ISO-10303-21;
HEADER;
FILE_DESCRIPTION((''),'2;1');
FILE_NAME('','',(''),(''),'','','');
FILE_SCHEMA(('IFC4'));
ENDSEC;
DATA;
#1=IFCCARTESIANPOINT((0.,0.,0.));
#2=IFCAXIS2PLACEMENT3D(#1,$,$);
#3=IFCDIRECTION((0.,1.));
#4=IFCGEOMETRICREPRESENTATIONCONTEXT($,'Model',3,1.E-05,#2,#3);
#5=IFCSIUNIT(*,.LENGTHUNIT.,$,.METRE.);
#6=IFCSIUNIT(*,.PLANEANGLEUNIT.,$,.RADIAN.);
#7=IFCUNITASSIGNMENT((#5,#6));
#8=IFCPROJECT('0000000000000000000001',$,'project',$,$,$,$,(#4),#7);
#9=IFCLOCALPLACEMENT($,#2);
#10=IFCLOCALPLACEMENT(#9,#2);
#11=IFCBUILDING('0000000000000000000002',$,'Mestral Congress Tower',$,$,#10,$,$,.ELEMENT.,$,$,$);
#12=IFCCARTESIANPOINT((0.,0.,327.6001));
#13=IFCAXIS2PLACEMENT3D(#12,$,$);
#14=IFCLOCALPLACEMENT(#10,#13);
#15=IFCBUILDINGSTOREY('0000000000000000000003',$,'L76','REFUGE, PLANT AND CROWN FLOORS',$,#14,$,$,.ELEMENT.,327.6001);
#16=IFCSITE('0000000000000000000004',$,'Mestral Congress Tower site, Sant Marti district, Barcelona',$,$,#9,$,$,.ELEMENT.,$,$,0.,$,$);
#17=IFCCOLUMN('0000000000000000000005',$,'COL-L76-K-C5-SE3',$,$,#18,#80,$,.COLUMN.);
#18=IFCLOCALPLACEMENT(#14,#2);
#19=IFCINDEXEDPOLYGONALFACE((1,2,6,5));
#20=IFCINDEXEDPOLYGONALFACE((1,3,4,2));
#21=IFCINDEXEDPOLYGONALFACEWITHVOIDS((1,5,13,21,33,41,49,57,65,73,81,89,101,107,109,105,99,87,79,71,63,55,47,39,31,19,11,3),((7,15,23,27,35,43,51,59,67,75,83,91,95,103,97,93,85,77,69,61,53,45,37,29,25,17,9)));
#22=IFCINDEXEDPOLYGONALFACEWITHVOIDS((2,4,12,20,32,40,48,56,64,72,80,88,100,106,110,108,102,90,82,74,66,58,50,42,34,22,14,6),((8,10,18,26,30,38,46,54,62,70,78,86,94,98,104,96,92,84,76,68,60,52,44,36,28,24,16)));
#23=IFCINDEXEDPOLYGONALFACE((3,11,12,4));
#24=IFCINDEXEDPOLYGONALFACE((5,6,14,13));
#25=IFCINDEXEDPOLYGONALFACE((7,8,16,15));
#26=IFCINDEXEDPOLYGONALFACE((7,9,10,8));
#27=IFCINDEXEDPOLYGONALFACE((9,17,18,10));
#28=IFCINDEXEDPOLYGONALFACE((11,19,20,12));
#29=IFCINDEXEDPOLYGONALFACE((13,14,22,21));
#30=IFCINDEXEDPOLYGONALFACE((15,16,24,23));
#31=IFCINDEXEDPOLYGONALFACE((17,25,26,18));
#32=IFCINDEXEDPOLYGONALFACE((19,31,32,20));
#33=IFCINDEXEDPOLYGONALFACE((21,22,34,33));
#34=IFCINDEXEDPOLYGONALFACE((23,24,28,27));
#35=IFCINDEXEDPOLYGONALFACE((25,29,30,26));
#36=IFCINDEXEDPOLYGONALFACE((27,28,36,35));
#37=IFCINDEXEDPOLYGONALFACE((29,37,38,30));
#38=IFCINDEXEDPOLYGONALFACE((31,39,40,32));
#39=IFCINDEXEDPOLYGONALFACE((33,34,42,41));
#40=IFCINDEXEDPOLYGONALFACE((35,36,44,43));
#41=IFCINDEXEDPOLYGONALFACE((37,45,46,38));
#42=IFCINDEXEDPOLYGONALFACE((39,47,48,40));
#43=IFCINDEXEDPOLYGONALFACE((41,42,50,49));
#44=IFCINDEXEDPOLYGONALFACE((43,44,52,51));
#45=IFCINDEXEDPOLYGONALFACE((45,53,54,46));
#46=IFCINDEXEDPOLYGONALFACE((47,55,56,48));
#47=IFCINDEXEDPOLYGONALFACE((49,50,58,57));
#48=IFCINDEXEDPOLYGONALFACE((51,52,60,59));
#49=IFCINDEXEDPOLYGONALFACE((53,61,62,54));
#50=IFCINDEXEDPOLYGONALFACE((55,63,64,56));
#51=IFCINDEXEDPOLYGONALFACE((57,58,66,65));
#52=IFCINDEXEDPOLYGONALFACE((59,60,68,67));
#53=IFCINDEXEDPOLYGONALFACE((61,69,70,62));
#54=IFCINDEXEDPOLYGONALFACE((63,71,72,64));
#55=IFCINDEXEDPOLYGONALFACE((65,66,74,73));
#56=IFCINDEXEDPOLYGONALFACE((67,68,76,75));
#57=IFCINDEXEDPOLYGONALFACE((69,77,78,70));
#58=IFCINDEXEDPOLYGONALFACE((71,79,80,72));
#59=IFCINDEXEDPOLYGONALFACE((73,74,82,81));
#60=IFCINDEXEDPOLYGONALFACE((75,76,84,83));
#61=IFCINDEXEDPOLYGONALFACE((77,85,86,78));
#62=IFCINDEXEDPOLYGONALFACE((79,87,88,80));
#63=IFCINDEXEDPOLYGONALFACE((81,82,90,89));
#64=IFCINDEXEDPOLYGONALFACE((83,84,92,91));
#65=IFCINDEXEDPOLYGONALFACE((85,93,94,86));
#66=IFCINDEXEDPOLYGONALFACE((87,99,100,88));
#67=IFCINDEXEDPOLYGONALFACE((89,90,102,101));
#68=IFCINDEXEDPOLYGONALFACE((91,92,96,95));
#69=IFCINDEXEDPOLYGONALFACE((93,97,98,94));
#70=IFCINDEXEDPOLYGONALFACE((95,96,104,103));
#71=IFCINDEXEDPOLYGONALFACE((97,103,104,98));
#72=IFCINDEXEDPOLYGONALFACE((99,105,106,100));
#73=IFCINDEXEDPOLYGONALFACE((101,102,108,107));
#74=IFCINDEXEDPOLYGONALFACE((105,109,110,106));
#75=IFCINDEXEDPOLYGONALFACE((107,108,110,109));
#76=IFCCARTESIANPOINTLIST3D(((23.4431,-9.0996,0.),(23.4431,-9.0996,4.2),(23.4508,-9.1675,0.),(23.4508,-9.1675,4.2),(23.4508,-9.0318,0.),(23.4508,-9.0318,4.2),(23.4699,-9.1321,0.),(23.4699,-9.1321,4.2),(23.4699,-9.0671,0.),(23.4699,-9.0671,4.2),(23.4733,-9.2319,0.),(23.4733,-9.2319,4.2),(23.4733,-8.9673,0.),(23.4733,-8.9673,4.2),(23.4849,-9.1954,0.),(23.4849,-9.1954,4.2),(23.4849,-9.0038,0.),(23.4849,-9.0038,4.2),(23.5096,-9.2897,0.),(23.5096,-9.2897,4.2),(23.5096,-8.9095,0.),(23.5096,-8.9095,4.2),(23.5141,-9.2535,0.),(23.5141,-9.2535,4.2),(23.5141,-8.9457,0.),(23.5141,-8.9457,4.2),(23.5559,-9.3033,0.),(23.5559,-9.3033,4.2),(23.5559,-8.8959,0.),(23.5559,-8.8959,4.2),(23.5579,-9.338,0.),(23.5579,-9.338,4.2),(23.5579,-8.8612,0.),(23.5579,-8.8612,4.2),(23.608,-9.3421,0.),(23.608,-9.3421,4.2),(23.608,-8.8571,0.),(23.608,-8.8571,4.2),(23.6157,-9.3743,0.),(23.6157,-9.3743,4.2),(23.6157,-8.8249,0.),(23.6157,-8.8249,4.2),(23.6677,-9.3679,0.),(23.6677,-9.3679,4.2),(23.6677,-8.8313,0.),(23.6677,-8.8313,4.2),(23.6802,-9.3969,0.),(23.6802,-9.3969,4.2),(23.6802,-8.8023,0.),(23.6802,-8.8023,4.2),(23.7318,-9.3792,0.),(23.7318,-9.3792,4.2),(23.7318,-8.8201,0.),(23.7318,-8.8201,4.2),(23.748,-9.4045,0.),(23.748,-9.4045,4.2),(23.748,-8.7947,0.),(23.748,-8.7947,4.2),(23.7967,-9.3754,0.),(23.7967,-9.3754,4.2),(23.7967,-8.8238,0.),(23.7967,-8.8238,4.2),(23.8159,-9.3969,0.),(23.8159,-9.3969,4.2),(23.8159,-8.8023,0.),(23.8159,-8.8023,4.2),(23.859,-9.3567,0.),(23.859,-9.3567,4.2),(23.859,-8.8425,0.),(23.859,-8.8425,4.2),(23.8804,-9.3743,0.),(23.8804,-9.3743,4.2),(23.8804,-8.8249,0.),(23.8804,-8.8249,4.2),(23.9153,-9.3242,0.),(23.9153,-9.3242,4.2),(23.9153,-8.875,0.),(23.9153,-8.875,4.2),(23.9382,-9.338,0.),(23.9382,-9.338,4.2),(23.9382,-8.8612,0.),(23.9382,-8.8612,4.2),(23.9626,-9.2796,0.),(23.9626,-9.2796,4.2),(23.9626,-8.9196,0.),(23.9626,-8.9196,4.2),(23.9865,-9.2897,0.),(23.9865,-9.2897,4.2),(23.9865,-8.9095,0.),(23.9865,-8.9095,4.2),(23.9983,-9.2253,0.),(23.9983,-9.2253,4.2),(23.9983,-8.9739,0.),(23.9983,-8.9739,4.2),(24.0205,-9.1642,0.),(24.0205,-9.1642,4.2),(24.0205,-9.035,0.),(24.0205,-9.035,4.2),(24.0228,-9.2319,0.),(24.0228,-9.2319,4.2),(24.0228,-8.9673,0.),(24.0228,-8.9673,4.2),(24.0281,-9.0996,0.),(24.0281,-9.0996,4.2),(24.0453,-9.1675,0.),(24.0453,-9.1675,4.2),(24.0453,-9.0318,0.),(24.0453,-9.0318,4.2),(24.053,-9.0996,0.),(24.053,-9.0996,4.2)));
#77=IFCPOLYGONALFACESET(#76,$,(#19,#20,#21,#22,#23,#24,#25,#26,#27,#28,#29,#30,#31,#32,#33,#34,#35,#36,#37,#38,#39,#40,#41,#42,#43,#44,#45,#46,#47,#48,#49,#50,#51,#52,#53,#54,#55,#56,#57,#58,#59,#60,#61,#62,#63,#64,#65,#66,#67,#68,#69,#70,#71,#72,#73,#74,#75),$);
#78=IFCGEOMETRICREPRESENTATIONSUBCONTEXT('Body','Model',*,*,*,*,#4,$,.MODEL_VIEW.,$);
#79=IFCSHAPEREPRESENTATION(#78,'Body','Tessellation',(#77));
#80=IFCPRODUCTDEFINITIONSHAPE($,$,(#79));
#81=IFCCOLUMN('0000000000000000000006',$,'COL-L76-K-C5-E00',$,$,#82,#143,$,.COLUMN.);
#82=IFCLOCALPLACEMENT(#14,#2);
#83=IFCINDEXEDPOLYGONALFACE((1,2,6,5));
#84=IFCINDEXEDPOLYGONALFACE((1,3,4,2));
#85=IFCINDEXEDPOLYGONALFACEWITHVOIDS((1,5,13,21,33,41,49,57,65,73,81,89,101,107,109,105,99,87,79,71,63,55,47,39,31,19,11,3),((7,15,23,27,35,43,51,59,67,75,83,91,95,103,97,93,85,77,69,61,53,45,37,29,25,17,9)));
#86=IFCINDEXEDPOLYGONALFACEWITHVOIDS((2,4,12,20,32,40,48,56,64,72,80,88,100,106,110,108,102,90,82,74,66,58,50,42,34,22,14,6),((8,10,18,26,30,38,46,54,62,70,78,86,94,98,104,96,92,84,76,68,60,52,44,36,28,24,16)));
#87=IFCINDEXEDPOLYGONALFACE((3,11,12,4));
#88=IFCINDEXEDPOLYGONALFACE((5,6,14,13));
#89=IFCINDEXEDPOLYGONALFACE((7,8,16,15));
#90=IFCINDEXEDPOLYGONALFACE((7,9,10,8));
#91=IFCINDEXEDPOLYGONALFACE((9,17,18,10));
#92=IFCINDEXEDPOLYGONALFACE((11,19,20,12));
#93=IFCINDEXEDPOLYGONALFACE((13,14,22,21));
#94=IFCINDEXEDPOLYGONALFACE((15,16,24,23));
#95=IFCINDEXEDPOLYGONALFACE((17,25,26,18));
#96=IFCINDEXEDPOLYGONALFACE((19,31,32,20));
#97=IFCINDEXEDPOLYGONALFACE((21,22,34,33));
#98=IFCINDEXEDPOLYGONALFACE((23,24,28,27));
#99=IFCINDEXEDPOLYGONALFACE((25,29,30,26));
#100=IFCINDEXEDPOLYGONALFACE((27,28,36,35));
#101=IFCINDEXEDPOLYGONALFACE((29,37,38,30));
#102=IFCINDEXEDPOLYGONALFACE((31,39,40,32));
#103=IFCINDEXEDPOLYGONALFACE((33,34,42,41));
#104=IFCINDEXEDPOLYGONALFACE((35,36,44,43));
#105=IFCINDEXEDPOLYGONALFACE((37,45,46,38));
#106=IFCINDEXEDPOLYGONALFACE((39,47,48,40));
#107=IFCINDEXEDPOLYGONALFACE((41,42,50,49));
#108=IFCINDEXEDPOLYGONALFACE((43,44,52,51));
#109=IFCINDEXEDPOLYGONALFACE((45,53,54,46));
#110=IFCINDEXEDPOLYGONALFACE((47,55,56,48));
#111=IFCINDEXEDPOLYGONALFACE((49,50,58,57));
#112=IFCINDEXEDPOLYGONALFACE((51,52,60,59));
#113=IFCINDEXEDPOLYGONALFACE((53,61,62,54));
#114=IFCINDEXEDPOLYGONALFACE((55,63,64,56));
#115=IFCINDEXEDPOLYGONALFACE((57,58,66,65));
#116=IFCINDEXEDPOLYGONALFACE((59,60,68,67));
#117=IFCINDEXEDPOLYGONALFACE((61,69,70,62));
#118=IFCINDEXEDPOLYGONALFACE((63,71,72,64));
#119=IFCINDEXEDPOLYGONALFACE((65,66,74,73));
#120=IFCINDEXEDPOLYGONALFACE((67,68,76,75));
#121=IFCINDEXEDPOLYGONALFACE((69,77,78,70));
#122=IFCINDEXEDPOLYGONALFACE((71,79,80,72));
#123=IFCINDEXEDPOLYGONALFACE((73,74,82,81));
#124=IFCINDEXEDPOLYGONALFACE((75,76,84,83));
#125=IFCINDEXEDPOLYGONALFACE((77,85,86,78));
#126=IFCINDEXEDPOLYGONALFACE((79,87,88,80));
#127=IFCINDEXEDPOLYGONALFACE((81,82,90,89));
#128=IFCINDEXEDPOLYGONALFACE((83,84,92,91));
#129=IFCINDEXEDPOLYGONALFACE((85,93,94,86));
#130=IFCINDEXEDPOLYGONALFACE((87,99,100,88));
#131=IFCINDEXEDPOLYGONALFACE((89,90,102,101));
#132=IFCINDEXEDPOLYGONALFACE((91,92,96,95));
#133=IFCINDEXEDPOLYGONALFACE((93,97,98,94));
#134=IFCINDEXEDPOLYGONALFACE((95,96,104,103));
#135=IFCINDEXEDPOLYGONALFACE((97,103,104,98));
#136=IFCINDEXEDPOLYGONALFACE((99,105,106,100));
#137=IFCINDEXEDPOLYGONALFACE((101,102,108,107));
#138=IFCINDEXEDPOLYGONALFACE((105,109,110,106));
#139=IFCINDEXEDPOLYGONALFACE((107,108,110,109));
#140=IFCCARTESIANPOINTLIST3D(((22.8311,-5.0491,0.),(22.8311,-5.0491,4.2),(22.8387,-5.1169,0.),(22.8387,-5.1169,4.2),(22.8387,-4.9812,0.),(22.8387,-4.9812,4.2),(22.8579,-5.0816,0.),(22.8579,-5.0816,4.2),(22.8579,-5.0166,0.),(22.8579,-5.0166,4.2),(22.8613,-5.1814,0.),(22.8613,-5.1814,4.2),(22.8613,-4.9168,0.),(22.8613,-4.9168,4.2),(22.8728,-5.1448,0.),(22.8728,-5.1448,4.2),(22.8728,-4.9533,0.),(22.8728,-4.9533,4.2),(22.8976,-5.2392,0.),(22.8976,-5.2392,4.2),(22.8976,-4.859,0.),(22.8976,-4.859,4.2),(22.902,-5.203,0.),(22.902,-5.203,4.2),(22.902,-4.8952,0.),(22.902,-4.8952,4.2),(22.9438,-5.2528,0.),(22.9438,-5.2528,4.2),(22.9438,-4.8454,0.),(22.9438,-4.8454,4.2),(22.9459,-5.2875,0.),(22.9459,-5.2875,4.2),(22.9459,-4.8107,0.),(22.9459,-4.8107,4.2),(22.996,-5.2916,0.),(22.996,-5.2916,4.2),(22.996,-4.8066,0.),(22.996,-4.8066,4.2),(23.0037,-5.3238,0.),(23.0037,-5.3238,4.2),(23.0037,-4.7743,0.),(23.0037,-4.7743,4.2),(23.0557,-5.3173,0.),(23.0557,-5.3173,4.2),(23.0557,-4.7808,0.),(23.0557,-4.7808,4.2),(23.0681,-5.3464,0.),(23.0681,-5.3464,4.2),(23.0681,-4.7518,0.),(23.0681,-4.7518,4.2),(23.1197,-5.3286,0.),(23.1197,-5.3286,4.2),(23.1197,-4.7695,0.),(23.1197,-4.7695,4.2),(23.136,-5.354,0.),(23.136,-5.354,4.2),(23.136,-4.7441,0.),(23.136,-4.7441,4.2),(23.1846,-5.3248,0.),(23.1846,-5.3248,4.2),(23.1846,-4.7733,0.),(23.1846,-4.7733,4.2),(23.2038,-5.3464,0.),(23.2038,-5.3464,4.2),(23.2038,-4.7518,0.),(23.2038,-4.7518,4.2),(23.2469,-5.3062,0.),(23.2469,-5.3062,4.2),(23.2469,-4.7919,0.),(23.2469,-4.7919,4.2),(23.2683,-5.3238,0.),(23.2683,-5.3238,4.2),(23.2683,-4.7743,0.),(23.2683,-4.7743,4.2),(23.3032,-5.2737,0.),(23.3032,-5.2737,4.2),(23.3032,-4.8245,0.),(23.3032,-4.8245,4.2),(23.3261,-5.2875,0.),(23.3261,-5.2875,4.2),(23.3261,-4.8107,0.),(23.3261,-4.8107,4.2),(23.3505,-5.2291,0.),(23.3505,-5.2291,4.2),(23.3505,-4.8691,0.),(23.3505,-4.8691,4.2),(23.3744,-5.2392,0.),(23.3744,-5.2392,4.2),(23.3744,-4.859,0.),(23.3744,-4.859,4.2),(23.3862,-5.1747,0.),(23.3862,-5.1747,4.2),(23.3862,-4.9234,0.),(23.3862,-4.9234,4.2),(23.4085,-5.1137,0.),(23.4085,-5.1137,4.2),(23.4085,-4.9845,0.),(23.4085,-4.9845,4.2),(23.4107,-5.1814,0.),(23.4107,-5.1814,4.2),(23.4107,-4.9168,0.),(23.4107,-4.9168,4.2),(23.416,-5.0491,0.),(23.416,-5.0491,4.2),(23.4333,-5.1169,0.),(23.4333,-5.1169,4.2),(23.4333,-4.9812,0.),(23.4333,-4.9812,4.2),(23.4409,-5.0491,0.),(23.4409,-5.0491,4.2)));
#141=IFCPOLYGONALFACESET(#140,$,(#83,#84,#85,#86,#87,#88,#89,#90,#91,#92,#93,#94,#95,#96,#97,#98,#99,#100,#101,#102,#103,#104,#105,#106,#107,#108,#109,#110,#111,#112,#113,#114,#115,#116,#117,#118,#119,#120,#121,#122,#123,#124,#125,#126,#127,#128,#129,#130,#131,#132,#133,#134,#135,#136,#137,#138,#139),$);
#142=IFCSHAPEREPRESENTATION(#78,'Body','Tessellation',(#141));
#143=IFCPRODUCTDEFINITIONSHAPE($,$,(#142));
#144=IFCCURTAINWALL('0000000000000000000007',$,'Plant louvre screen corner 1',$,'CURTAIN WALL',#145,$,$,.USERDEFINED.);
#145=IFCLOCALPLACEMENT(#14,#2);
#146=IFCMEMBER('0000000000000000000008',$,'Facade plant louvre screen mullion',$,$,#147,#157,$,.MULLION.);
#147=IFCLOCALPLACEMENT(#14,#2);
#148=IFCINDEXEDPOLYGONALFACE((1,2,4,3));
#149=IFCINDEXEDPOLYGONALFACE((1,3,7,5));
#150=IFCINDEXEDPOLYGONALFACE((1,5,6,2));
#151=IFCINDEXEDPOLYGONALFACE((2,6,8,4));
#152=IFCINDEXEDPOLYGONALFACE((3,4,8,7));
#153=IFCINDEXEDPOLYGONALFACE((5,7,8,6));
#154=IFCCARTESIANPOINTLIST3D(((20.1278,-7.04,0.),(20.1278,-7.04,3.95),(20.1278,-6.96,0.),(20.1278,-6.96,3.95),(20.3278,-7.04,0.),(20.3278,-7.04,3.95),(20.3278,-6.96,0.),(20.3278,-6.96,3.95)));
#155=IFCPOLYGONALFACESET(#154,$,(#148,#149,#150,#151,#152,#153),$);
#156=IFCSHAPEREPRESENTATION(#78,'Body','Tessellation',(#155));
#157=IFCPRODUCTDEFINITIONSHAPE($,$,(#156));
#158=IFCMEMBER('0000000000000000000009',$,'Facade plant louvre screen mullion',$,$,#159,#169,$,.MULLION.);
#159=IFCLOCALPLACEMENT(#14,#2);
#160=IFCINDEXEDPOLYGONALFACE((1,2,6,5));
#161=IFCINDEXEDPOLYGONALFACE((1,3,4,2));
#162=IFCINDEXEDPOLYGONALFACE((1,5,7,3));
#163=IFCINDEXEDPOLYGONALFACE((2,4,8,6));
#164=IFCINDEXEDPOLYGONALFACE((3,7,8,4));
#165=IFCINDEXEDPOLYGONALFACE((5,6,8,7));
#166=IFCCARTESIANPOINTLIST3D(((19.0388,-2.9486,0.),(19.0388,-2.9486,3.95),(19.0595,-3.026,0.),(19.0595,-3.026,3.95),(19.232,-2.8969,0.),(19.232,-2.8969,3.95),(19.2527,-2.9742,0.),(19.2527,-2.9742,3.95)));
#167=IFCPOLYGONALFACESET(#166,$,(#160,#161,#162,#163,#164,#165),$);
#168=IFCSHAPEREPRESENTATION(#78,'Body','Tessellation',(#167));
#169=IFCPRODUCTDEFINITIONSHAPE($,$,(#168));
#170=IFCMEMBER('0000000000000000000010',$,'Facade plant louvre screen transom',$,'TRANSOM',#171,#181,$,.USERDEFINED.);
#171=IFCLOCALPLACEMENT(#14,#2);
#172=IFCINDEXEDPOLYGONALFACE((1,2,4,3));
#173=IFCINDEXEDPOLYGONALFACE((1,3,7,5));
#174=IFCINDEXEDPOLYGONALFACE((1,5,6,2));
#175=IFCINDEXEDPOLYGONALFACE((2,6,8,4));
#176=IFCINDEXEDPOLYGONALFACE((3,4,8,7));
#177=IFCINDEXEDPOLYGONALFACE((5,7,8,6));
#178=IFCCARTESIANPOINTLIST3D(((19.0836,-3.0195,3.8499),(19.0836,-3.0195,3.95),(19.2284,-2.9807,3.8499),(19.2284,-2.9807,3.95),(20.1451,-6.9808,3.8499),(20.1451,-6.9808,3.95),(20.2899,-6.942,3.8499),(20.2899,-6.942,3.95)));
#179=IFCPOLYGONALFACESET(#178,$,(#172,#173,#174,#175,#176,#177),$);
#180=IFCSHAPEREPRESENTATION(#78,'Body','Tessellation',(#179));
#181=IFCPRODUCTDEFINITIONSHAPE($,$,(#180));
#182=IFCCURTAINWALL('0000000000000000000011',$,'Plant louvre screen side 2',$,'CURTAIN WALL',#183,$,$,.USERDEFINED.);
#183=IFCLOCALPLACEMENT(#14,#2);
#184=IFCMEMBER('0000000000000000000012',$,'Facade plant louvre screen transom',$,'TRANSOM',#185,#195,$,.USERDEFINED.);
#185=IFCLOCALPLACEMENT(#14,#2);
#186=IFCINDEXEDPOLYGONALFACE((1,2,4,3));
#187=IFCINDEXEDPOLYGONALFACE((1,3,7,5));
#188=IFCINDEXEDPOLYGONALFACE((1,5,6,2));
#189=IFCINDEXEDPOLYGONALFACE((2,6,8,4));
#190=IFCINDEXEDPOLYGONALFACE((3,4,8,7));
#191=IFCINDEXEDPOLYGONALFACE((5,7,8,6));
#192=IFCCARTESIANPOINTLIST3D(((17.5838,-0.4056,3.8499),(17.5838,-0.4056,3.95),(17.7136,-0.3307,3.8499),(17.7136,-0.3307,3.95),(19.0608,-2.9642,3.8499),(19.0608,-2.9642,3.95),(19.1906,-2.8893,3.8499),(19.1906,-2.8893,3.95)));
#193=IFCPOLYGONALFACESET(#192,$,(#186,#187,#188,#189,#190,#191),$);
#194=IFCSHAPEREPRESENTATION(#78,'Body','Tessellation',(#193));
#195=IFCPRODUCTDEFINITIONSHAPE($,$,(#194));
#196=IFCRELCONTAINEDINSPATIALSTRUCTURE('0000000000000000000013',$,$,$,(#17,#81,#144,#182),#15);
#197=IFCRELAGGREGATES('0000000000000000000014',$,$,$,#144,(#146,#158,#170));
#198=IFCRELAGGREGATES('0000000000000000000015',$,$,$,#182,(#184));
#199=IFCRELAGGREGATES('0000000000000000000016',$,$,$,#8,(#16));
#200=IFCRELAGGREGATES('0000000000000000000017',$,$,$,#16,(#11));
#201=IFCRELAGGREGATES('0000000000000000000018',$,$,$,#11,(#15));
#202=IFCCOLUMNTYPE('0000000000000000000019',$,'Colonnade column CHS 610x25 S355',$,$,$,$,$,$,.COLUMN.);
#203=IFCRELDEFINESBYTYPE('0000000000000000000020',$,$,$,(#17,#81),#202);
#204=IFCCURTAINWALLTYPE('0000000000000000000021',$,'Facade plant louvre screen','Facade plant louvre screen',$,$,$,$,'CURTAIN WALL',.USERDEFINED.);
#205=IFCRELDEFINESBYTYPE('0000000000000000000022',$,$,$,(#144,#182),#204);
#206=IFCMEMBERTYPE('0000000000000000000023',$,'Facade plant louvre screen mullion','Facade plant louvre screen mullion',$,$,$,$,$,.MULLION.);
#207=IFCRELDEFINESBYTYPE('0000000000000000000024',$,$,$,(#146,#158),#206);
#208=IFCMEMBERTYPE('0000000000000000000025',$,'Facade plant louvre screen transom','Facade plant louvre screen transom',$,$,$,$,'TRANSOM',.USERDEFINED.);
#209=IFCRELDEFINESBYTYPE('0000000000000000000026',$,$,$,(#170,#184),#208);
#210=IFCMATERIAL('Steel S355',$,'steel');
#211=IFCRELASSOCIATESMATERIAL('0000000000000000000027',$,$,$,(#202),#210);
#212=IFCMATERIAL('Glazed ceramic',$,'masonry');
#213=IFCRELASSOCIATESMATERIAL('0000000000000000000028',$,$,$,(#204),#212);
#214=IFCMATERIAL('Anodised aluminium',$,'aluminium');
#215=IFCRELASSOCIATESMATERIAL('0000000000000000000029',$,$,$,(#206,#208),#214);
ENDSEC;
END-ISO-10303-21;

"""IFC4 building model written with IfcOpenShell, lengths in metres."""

from ifc_helpers import new_model, si_unit, direction, frame, origin, origin_2d, place, context, subcontext, project, spatial, rectangle, hollow_circle, extrude, material, material_profile, profile_set, type_object, element, aggregate, save


model = new_model("IFC4")

# Units and contexts
model_context = context("Model", 3, precision=1e-05, world=origin(), true_north=direction((0.0, 1.0)))
body_context = subcontext(model_context, "Body", "Model", "MODEL_VIEW")
ifc_project = project(units=[si_unit("LENGTHUNIT", "METRE"), si_unit("PLANEANGLEUNIT", "RADIAN")], contexts=[model_context])

# Site, building, storey
site_placement = place(None, origin())
site = spatial("IfcSite", under=ifc_project, at=site_placement, Name="Mestral Congress Tower site, Sant Marti district, Barcelona", CompositionType="ELEMENT", RefElevation=0.0)
building_placement = place(site_placement, origin())
building = spatial("IfcBuilding", under=site, at=building_placement, Name="Mestral Congress Tower", CompositionType="ELEMENT")
storey_placement = place(building_placement, frame((0.0, 0.0, 327.6001)))
storey = spatial("IfcBuildingStorey", under=building, at=storey_placement, Name="L76", Description="REFUGE, PLANT AND CROWN FLOORS", CompositionType="ELEMENT", Elevation=327.6001)

# Columns
ifc_material_1 = material(Name="Steel S355", Category="steel")
ifc_material_profile_1 = material_profile(ifc_material_1, hollow_circle(Radius=0.3049, WallThickness=0.0249, at=origin_2d()), Name="CHS 610x25")
ifc_profile_set_1 = profile_set([ifc_material_profile_1], Name="Steel S355")
column_type = type_object("IfcColumnType", Name="Colonnade column CHS 610x25 S355", PredefinedType="COLUMN", material=ifc_profile_set_1)
for number, where, z_axis, x_axis, name in (
    (1, (23.748, -9.0996, 0.0), (0.0, 0.0, 1.0), (1.0, 0.0, 0.0), "COL-L76-K-C5-SE3"),
    (2, (23.136, -5.0491, 0.0), (0.0, 0.0, 1.0), (1.0, 0.0, 0.0), "COL-L76-K-C5-E00"),
):
    element("IfcColumn", number, at=place(storey_placement, frame(where, z_axis=z_axis, x_axis=x_axis)), inside=storey, type_object=column_type, Name=name, PredefinedType="COLUMN", context=body_context, shape_type="SweptSolid", body=[
        extrude(hollow_circle(Radius=0.3049, WallThickness=0.0249, at=origin_2d()), origin(), (0.0, 0.0, 1.0), 4.2),
    ])

# Curtain wall, members
ifc_material_2 = material(Name="Glazed ceramic", Category="masonry")
curtain_wall_type = type_object("IfcCurtainWallType", Name="Facade plant louvre screen", Description="Facade plant louvre screen", ElementType="CURTAIN WALL", PredefinedType="USERDEFINED", material=ifc_material_2)
placement = place(storey_placement, origin())
curtain_wall_1 = element("IfcCurtainWall", 3, at=placement, inside=storey, type_object=curtain_wall_type, Name="Plant louvre screen corner 1", ObjectType="CURTAIN WALL", PredefinedType="USERDEFINED")
ifc_material_3 = material(Name="Anodised aluminium", Category="aluminium")
ifc_material_profile_2 = material_profile(ifc_material_3, rectangle(XDim=0.2, YDim=0.0801, at=origin_2d()), Name="CW6 mullion 200 x 80")
ifc_profile_set_2 = profile_set([ifc_material_profile_2], Name="Anodised aluminium")
member_type_1 = type_object("IfcMemberType", Name="Facade plant louvre screen mullion", Description="Facade plant louvre screen mullion", PredefinedType="MULLION", material=ifc_profile_set_2)
member_1_placement = place(storey_placement, frame((20.2278, -7.0, 0.0), z_axis=(0.0, 0.0, 1.0), x_axis=(1.0, 0.0, 0.0)))
member_1 = element("IfcMember", 4, at=member_1_placement, type_object=member_type_1, Name="Facade plant louvre screen mullion", PredefinedType="MULLION", context=body_context, shape_type="SweptSolid", body=[
    extrude(rectangle(XDim=0.2, YDim=0.0801, at=origin_2d()), origin(), (0.0, 0.0, 1.0), 3.95),
])
member_2_placement = place(storey_placement, frame((19.1458, -2.9614, 0.0), z_axis=(0.0, 0.0, 1.0), x_axis=(0.965926, 0.258819, 0.0)))
member_2 = element("IfcMember", 5, at=member_2_placement, type_object=member_type_1, Name="Facade plant louvre screen mullion", PredefinedType="MULLION", context=body_context, shape_type="SweptSolid", body=[
    extrude(rectangle(XDim=0.2, YDim=0.0801, at=origin_2d()), origin(), (0.0, 0.0, 1.0), 3.95),
])
ifc_material_profile_3 = material_profile(ifc_material_3, rectangle(XDim=0.1499, YDim=0.1001, at=origin_2d()), Name="CW6 transom 150 x 100")
ifc_profile_set_3 = profile_set([ifc_material_profile_3], Name="Anodised aluminium")
member_type_2 = type_object("IfcMemberType", Name="Facade plant louvre screen transom", Description="Facade plant louvre screen transom", ElementType="TRANSOM", PredefinedType="USERDEFINED", material=ifc_profile_set_3)
member_3_placement = place(storey_placement, frame((20.2175, -6.9614, 3.8999), z_axis=(-0.258833, 0.965922, 0.0), x_axis=(-0.965922, -0.258833, 0.0)))
member_3 = element("IfcMember", 6, at=member_3_placement, type_object=member_type_2, Name="Facade plant louvre screen transom", ObjectType="TRANSOM", PredefinedType="USERDEFINED", context=body_context, shape_type="SweptSolid", body=[
    extrude(rectangle(XDim=0.1499, YDim=0.1001, at=origin_2d()), origin(), (0.0, 0.0, 1.0), 4.1011),
])

# Curtain wall, member
curtain_wall_2 = element("IfcCurtainWall", 7, at=placement, inside=storey, type_object=curtain_wall_type, Name="Plant louvre screen side 2", ObjectType="CURTAIN WALL", PredefinedType="USERDEFINED")
member_4_placement = place(storey_placement, frame((19.1257, -2.9268, 3.8999), z_axis=(-0.499961, 0.866048, 0.0), x_axis=(-0.866048, -0.499961, 0.0)))
member_4 = element("IfcMember", 8, at=member_4_placement, type_object=member_type_2, Name="Facade plant louvre screen transom", ObjectType="TRANSOM", PredefinedType="USERDEFINED", context=body_context, shape_type="SweptSolid", body=[
    extrude(rectangle(XDim=0.1499, YDim=0.1001, at=origin_2d()), origin(), (0.0, 0.0, 1.0), 2.9543),
])

aggregate(curtain_wall_1, [member_1, member_2, member_3])
aggregate(curtain_wall_2, [member_4])

save(model, "model.ifc")
